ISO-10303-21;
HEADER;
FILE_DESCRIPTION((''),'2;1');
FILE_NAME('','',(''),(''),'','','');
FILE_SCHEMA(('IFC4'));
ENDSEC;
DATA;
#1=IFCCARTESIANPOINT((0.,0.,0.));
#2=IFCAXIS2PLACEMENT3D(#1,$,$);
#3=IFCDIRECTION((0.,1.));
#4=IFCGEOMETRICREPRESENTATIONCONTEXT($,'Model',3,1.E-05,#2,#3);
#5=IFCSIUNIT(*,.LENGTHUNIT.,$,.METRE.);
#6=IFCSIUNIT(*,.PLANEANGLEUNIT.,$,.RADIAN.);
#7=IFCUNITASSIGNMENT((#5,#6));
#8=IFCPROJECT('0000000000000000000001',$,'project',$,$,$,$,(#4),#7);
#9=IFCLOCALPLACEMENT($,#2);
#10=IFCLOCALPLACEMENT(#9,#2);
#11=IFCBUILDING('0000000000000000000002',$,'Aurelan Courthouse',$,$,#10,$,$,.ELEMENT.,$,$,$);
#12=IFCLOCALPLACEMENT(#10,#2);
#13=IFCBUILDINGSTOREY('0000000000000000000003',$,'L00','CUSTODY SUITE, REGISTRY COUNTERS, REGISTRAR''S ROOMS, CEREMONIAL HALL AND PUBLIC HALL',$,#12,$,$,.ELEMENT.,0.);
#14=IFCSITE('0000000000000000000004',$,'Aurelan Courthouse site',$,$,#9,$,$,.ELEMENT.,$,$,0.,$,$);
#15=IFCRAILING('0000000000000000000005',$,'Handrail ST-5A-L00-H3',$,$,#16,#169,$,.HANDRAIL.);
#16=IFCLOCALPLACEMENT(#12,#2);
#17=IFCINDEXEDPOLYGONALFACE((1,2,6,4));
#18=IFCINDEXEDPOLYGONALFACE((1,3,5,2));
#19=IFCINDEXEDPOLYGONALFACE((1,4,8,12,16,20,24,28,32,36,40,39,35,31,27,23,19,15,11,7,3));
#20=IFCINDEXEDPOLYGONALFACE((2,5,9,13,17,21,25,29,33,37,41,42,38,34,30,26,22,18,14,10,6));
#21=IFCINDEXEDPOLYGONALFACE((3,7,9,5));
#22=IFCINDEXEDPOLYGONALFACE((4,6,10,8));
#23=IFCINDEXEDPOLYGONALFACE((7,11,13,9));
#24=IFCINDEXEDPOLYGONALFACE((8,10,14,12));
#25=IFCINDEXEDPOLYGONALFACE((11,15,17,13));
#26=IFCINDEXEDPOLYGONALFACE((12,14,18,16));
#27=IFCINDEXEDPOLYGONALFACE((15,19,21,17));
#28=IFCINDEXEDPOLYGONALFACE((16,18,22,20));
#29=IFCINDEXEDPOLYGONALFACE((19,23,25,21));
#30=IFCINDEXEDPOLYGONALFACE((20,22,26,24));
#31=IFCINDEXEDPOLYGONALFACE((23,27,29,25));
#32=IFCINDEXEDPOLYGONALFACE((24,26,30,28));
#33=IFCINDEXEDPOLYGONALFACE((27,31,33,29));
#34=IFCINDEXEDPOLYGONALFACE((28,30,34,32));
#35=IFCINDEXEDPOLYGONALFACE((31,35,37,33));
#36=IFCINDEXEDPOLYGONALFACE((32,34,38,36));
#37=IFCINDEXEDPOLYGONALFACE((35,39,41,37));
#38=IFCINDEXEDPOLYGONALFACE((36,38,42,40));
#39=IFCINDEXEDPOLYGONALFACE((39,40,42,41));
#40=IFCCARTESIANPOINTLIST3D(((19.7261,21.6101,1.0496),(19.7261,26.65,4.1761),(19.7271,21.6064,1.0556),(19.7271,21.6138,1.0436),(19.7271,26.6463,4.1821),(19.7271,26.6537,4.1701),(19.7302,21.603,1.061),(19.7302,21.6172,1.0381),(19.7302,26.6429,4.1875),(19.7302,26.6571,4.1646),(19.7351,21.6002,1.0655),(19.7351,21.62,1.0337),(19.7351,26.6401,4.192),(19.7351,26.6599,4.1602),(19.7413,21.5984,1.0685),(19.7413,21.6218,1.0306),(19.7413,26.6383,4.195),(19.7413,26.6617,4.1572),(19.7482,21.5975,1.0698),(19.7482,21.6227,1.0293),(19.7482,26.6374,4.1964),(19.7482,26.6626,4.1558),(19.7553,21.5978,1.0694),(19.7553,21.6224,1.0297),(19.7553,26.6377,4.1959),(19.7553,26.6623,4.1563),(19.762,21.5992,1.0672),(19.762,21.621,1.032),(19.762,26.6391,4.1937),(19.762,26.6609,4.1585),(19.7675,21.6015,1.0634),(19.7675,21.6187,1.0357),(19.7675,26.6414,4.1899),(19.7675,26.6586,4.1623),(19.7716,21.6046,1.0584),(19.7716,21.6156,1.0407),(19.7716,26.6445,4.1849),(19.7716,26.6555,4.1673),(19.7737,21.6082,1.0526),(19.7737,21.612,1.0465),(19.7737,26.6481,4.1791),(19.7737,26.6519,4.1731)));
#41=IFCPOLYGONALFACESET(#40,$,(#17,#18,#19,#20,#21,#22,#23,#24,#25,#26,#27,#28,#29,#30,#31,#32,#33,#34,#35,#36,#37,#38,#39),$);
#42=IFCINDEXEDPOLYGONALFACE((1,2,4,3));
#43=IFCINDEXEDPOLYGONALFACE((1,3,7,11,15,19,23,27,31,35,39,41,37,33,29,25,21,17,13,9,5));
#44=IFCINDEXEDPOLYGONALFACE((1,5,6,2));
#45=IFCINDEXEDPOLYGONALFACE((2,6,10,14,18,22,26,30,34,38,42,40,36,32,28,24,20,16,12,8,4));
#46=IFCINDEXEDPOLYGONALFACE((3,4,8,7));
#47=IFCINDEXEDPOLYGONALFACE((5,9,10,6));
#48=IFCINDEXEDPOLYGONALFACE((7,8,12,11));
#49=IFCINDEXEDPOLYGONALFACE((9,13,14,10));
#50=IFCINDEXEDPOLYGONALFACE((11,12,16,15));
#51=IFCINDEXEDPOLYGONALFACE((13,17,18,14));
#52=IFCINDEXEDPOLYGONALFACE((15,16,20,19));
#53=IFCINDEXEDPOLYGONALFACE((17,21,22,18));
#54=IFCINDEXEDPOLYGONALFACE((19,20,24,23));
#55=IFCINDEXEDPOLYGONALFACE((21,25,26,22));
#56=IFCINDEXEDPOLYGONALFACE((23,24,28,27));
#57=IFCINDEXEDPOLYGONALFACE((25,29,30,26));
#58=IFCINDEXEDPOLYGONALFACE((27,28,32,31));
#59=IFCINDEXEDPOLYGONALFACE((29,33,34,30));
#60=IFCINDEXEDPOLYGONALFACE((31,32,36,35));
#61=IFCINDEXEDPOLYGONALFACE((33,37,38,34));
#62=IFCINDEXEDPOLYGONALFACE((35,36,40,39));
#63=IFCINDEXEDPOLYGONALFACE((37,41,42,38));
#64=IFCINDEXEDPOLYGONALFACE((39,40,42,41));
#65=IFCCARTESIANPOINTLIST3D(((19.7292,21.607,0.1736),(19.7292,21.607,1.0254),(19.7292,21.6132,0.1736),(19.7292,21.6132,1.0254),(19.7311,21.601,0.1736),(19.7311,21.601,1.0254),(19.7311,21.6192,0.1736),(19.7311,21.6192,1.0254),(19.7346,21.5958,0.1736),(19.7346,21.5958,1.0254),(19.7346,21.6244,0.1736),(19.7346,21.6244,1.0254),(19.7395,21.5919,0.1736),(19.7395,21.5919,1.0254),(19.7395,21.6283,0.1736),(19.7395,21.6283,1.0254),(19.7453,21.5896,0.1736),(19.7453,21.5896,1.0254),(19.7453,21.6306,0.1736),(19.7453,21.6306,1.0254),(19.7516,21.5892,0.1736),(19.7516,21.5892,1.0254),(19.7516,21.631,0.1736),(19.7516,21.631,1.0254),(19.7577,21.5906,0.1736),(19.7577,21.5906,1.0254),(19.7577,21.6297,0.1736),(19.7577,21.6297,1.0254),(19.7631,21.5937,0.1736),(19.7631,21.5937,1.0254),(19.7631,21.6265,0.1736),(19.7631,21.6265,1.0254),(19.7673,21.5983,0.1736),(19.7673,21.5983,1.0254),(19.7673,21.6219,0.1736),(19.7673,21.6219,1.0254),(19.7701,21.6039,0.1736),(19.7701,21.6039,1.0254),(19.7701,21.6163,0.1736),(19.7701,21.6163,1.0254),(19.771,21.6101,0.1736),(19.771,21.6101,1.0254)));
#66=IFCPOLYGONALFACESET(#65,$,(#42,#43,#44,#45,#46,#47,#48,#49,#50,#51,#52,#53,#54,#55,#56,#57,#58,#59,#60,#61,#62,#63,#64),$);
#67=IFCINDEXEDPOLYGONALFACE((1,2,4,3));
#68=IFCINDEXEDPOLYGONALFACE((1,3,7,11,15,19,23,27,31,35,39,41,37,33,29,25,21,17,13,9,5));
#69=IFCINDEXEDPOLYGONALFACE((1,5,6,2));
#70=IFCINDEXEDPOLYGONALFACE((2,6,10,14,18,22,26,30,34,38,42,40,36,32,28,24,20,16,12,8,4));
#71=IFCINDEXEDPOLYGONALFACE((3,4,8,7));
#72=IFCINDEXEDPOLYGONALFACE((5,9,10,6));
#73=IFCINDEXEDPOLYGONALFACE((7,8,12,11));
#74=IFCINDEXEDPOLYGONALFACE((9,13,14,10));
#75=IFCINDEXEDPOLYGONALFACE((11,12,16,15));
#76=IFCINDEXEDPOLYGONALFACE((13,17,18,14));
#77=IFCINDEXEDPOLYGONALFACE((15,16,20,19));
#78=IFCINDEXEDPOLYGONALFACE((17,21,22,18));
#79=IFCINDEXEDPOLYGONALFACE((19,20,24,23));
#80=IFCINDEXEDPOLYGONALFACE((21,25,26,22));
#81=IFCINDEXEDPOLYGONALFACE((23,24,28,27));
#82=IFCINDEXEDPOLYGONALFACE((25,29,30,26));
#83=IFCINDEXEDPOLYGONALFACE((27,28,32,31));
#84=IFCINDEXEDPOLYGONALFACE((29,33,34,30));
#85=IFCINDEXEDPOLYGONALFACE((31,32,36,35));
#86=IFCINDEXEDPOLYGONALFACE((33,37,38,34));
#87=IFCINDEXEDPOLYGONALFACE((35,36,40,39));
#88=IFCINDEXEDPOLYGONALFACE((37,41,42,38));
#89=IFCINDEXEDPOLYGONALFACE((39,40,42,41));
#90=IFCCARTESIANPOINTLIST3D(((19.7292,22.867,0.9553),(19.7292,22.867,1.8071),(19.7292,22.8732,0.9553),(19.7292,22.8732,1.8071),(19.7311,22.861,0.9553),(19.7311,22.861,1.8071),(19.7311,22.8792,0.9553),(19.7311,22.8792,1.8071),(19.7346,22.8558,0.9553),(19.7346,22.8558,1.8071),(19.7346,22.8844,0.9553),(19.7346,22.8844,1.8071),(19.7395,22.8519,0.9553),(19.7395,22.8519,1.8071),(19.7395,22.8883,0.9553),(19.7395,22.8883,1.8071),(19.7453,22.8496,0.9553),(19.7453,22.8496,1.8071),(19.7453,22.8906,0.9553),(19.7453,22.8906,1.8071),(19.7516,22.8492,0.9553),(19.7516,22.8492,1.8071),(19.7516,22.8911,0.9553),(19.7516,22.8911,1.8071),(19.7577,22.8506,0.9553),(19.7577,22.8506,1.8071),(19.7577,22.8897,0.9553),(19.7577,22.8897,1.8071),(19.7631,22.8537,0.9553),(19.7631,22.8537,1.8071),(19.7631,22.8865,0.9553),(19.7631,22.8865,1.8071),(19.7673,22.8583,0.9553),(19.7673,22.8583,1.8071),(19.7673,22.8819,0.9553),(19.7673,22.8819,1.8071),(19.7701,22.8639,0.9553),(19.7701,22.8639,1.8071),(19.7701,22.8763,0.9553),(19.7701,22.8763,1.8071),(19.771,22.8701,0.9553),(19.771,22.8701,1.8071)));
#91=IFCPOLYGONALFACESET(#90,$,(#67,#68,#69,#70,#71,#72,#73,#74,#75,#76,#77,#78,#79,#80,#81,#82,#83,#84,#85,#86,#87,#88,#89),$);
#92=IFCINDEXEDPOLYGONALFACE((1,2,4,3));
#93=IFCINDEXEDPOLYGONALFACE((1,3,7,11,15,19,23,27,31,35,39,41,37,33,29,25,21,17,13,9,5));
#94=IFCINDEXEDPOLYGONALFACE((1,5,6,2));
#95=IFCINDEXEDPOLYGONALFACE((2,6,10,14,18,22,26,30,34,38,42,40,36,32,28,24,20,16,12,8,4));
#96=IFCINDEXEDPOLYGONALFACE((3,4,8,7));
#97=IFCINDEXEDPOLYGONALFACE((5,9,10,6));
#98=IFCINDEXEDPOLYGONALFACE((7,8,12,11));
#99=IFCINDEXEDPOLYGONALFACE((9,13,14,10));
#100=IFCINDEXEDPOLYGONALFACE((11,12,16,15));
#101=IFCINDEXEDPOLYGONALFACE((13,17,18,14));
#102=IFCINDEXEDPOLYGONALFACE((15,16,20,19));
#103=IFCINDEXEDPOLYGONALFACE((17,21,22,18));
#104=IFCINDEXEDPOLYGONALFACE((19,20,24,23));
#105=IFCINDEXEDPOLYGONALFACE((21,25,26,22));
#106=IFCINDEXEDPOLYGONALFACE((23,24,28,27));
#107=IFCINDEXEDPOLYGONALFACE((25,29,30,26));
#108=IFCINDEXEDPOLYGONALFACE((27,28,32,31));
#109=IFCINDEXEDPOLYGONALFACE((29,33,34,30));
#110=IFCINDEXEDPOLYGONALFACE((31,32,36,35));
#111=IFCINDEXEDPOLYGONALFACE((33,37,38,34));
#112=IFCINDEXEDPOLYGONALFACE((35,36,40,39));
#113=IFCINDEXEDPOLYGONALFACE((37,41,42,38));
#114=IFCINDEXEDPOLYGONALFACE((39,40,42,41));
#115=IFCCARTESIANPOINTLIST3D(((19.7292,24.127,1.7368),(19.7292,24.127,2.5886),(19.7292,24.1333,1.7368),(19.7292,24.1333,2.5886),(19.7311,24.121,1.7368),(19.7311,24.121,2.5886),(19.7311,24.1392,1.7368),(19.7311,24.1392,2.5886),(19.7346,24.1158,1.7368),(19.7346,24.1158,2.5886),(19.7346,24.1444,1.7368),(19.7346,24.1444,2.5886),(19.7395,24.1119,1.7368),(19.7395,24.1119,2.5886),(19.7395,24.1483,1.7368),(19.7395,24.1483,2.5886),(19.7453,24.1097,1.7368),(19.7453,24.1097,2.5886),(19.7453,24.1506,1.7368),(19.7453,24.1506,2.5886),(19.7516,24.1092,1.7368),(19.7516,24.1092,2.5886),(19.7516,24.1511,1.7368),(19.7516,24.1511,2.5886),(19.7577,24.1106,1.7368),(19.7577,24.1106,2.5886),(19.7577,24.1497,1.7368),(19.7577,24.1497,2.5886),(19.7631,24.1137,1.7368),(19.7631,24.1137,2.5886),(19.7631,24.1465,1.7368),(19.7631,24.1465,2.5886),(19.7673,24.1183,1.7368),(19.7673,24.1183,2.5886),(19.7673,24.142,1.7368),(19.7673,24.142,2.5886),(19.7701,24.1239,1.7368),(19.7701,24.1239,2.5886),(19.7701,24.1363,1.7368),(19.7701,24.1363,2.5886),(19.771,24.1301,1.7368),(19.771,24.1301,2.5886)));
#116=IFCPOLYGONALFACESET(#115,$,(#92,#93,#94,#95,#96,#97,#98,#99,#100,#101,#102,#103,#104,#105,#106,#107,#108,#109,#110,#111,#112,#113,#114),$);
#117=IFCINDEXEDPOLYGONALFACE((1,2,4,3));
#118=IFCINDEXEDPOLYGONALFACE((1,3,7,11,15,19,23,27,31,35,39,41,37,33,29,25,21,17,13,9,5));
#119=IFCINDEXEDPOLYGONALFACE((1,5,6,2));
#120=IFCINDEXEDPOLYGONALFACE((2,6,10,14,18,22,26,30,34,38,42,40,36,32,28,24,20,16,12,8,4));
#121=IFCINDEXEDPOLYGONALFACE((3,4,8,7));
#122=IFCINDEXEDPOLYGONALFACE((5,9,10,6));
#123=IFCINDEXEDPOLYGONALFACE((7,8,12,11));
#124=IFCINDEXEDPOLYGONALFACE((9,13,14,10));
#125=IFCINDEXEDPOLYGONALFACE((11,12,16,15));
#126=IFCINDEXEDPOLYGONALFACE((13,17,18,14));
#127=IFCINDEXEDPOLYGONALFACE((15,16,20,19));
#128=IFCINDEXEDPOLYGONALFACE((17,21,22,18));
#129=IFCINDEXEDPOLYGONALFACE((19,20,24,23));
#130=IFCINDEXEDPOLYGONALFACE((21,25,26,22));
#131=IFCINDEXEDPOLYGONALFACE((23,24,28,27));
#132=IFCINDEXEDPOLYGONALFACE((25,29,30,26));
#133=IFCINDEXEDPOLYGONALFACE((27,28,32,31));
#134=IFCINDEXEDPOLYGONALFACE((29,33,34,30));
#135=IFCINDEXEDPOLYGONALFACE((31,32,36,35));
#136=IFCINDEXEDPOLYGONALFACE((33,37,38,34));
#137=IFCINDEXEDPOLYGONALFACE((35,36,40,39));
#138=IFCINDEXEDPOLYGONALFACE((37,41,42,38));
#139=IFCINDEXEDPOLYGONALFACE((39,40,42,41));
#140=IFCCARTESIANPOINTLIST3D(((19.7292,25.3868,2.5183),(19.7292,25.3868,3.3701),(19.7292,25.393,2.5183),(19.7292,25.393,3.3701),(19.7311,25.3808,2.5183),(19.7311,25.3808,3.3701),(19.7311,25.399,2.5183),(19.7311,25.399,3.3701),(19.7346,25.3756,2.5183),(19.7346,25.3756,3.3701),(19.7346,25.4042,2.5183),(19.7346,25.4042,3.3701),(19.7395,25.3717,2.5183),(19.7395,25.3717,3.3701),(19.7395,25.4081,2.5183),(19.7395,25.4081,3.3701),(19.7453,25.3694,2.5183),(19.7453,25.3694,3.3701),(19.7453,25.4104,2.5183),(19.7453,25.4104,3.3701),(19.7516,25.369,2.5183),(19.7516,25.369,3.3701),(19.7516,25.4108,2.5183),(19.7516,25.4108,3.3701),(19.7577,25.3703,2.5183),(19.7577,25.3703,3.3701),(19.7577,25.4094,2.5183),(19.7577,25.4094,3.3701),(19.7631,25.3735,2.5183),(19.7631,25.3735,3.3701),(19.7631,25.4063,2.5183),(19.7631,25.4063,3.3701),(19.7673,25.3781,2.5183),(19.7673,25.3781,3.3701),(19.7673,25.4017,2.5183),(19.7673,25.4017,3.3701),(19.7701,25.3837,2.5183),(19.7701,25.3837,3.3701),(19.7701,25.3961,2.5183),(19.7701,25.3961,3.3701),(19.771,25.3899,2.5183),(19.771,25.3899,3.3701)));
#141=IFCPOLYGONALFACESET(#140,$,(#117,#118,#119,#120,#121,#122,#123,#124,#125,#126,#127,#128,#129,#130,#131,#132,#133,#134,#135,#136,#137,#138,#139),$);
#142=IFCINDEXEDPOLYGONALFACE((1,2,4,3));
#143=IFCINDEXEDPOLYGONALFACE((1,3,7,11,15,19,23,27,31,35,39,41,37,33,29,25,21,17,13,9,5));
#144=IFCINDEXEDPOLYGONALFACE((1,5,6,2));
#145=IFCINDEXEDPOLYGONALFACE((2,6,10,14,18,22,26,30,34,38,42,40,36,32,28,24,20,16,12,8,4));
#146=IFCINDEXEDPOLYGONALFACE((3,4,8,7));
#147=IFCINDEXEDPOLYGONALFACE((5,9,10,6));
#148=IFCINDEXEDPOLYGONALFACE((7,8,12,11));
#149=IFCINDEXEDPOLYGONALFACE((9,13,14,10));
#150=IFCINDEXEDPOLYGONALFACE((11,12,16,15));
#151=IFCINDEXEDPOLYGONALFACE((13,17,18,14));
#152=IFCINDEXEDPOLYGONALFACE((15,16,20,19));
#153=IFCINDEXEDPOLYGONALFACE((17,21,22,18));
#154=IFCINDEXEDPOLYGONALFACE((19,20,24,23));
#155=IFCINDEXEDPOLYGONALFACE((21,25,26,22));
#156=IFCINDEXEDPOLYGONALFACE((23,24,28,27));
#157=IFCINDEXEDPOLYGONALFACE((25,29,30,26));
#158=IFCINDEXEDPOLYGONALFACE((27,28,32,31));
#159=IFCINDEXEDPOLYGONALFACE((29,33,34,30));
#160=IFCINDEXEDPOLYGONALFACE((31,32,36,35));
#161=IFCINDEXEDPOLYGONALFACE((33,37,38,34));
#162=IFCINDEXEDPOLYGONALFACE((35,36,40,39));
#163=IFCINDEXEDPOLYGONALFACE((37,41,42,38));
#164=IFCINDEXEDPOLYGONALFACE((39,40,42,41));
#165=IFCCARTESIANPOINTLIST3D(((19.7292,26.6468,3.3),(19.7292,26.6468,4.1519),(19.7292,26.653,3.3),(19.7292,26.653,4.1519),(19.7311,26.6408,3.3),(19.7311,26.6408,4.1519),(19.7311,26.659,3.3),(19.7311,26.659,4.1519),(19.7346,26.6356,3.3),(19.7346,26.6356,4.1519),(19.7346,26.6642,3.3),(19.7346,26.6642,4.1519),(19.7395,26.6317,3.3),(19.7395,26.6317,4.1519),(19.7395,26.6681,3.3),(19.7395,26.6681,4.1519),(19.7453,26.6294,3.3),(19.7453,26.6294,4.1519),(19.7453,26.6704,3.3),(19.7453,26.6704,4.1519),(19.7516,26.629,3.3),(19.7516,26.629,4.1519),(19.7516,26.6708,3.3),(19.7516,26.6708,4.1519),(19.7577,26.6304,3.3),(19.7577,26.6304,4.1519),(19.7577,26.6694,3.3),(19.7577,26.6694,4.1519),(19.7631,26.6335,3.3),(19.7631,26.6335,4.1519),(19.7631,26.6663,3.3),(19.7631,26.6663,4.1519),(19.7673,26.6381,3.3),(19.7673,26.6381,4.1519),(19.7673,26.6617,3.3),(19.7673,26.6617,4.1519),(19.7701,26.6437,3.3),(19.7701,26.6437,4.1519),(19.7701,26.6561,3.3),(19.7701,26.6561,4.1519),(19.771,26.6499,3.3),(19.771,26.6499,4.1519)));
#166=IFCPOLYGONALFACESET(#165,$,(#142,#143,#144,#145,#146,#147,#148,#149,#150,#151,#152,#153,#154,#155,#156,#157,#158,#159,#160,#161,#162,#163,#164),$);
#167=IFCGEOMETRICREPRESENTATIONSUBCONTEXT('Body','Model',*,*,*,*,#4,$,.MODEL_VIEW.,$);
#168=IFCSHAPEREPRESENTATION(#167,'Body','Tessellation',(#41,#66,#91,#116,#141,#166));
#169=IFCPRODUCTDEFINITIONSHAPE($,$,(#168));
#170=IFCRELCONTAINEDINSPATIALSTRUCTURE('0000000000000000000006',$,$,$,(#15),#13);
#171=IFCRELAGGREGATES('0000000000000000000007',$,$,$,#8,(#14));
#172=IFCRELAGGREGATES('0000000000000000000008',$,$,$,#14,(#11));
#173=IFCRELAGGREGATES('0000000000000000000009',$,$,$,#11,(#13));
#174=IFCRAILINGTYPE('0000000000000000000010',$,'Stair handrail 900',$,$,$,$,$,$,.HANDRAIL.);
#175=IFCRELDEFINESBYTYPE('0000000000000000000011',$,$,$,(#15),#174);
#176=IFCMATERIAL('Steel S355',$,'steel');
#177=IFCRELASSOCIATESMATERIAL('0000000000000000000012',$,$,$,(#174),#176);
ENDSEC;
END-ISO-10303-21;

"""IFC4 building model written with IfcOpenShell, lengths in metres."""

from ifc_helpers import new_model, si_unit, direction, frame, origin, origin_2d, place, context, subcontext, project, spatial, circle, extrude, material, type_object, element, save


model = new_model("IFC4")

# Units and contexts
model_context = context("Model", 3, precision=1e-05, world=origin(), true_north=direction((0.0, 1.0)))
body_context = subcontext(model_context, "Body", "Model", "MODEL_VIEW")
ifc_project = project(units=[si_unit("LENGTHUNIT", "METRE"), si_unit("PLANEANGLEUNIT", "RADIAN")], contexts=[model_context])

# Site, building, storey
site_placement = place(None, origin())
site = spatial("IfcSite", under=ifc_project, at=site_placement, Name="Aurelan Courthouse site", CompositionType="ELEMENT", RefElevation=0.0)
building_placement = place(site_placement, origin())
building = spatial("IfcBuilding", under=site, at=building_placement, Name="Aurelan Courthouse", CompositionType="ELEMENT")
storey_placement = place(building_placement, origin())
storey = spatial("IfcBuildingStorey", under=building, at=storey_placement, Name="L00", Description="CUSTODY SUITE, REGISTRY COUNTERS, REGISTRAR'S ROOMS, CEREMONIAL HALL AND PUBLIC HALL", CompositionType="ELEMENT", Elevation=0.0)

# Railing
ifc_material_1 = material(Name="Steel S355", Category="steel")
railing_type_1 = type_object("IfcRailingType", Name="Stair handrail 900", PredefinedType="HANDRAIL", material=ifc_material_1)
for number, where, name in (
    (1, (19.75, 21.6101, 0.1736), "Handrail ST-5A-L00-H3"),
):
    element("IfcRailing", number, at=place(storey_placement, frame(where)), inside=storey, type_object=railing_type_1, Name=name, PredefinedType="HANDRAIL", context=body_context, shape_type="SweptSolid", body=[
        extrude(circle(Radius=0.0239, at=origin_2d()), frame((0.0, 0.0, 0.876), z_axis=(0.0, 0.849767, 0.527158), x_axis=(-1.0, 0.0, 0.0)), (0.0, 0.0, 1.0), 5.9309),
        extrude(circle(Radius=0.021, at=origin_2d()), origin(), (0.0, 0.0, 1.0), 0.8518),
        extrude(circle(Radius=0.021, at=origin_2d()), frame((0.0, 1.26, 0.7817)), (0.0, 0.0, 1.0), 0.8518),
        extrude(circle(Radius=0.021, at=origin_2d()), frame((0.0, 2.52, 1.5632)), (0.0, 0.0, 1.0), 0.8518),
        extrude(circle(Radius=0.021, at=origin_2d()), frame((0.0, 3.7798, 2.3447)), (0.0, 0.0, 1.0), 0.8518),
        extrude(circle(Radius=0.021, at=origin_2d()), frame((0.0, 5.0398, 3.1265)), (0.0, 0.0, 1.0), 0.8518),
    ])

save(model, "model.ifc")
